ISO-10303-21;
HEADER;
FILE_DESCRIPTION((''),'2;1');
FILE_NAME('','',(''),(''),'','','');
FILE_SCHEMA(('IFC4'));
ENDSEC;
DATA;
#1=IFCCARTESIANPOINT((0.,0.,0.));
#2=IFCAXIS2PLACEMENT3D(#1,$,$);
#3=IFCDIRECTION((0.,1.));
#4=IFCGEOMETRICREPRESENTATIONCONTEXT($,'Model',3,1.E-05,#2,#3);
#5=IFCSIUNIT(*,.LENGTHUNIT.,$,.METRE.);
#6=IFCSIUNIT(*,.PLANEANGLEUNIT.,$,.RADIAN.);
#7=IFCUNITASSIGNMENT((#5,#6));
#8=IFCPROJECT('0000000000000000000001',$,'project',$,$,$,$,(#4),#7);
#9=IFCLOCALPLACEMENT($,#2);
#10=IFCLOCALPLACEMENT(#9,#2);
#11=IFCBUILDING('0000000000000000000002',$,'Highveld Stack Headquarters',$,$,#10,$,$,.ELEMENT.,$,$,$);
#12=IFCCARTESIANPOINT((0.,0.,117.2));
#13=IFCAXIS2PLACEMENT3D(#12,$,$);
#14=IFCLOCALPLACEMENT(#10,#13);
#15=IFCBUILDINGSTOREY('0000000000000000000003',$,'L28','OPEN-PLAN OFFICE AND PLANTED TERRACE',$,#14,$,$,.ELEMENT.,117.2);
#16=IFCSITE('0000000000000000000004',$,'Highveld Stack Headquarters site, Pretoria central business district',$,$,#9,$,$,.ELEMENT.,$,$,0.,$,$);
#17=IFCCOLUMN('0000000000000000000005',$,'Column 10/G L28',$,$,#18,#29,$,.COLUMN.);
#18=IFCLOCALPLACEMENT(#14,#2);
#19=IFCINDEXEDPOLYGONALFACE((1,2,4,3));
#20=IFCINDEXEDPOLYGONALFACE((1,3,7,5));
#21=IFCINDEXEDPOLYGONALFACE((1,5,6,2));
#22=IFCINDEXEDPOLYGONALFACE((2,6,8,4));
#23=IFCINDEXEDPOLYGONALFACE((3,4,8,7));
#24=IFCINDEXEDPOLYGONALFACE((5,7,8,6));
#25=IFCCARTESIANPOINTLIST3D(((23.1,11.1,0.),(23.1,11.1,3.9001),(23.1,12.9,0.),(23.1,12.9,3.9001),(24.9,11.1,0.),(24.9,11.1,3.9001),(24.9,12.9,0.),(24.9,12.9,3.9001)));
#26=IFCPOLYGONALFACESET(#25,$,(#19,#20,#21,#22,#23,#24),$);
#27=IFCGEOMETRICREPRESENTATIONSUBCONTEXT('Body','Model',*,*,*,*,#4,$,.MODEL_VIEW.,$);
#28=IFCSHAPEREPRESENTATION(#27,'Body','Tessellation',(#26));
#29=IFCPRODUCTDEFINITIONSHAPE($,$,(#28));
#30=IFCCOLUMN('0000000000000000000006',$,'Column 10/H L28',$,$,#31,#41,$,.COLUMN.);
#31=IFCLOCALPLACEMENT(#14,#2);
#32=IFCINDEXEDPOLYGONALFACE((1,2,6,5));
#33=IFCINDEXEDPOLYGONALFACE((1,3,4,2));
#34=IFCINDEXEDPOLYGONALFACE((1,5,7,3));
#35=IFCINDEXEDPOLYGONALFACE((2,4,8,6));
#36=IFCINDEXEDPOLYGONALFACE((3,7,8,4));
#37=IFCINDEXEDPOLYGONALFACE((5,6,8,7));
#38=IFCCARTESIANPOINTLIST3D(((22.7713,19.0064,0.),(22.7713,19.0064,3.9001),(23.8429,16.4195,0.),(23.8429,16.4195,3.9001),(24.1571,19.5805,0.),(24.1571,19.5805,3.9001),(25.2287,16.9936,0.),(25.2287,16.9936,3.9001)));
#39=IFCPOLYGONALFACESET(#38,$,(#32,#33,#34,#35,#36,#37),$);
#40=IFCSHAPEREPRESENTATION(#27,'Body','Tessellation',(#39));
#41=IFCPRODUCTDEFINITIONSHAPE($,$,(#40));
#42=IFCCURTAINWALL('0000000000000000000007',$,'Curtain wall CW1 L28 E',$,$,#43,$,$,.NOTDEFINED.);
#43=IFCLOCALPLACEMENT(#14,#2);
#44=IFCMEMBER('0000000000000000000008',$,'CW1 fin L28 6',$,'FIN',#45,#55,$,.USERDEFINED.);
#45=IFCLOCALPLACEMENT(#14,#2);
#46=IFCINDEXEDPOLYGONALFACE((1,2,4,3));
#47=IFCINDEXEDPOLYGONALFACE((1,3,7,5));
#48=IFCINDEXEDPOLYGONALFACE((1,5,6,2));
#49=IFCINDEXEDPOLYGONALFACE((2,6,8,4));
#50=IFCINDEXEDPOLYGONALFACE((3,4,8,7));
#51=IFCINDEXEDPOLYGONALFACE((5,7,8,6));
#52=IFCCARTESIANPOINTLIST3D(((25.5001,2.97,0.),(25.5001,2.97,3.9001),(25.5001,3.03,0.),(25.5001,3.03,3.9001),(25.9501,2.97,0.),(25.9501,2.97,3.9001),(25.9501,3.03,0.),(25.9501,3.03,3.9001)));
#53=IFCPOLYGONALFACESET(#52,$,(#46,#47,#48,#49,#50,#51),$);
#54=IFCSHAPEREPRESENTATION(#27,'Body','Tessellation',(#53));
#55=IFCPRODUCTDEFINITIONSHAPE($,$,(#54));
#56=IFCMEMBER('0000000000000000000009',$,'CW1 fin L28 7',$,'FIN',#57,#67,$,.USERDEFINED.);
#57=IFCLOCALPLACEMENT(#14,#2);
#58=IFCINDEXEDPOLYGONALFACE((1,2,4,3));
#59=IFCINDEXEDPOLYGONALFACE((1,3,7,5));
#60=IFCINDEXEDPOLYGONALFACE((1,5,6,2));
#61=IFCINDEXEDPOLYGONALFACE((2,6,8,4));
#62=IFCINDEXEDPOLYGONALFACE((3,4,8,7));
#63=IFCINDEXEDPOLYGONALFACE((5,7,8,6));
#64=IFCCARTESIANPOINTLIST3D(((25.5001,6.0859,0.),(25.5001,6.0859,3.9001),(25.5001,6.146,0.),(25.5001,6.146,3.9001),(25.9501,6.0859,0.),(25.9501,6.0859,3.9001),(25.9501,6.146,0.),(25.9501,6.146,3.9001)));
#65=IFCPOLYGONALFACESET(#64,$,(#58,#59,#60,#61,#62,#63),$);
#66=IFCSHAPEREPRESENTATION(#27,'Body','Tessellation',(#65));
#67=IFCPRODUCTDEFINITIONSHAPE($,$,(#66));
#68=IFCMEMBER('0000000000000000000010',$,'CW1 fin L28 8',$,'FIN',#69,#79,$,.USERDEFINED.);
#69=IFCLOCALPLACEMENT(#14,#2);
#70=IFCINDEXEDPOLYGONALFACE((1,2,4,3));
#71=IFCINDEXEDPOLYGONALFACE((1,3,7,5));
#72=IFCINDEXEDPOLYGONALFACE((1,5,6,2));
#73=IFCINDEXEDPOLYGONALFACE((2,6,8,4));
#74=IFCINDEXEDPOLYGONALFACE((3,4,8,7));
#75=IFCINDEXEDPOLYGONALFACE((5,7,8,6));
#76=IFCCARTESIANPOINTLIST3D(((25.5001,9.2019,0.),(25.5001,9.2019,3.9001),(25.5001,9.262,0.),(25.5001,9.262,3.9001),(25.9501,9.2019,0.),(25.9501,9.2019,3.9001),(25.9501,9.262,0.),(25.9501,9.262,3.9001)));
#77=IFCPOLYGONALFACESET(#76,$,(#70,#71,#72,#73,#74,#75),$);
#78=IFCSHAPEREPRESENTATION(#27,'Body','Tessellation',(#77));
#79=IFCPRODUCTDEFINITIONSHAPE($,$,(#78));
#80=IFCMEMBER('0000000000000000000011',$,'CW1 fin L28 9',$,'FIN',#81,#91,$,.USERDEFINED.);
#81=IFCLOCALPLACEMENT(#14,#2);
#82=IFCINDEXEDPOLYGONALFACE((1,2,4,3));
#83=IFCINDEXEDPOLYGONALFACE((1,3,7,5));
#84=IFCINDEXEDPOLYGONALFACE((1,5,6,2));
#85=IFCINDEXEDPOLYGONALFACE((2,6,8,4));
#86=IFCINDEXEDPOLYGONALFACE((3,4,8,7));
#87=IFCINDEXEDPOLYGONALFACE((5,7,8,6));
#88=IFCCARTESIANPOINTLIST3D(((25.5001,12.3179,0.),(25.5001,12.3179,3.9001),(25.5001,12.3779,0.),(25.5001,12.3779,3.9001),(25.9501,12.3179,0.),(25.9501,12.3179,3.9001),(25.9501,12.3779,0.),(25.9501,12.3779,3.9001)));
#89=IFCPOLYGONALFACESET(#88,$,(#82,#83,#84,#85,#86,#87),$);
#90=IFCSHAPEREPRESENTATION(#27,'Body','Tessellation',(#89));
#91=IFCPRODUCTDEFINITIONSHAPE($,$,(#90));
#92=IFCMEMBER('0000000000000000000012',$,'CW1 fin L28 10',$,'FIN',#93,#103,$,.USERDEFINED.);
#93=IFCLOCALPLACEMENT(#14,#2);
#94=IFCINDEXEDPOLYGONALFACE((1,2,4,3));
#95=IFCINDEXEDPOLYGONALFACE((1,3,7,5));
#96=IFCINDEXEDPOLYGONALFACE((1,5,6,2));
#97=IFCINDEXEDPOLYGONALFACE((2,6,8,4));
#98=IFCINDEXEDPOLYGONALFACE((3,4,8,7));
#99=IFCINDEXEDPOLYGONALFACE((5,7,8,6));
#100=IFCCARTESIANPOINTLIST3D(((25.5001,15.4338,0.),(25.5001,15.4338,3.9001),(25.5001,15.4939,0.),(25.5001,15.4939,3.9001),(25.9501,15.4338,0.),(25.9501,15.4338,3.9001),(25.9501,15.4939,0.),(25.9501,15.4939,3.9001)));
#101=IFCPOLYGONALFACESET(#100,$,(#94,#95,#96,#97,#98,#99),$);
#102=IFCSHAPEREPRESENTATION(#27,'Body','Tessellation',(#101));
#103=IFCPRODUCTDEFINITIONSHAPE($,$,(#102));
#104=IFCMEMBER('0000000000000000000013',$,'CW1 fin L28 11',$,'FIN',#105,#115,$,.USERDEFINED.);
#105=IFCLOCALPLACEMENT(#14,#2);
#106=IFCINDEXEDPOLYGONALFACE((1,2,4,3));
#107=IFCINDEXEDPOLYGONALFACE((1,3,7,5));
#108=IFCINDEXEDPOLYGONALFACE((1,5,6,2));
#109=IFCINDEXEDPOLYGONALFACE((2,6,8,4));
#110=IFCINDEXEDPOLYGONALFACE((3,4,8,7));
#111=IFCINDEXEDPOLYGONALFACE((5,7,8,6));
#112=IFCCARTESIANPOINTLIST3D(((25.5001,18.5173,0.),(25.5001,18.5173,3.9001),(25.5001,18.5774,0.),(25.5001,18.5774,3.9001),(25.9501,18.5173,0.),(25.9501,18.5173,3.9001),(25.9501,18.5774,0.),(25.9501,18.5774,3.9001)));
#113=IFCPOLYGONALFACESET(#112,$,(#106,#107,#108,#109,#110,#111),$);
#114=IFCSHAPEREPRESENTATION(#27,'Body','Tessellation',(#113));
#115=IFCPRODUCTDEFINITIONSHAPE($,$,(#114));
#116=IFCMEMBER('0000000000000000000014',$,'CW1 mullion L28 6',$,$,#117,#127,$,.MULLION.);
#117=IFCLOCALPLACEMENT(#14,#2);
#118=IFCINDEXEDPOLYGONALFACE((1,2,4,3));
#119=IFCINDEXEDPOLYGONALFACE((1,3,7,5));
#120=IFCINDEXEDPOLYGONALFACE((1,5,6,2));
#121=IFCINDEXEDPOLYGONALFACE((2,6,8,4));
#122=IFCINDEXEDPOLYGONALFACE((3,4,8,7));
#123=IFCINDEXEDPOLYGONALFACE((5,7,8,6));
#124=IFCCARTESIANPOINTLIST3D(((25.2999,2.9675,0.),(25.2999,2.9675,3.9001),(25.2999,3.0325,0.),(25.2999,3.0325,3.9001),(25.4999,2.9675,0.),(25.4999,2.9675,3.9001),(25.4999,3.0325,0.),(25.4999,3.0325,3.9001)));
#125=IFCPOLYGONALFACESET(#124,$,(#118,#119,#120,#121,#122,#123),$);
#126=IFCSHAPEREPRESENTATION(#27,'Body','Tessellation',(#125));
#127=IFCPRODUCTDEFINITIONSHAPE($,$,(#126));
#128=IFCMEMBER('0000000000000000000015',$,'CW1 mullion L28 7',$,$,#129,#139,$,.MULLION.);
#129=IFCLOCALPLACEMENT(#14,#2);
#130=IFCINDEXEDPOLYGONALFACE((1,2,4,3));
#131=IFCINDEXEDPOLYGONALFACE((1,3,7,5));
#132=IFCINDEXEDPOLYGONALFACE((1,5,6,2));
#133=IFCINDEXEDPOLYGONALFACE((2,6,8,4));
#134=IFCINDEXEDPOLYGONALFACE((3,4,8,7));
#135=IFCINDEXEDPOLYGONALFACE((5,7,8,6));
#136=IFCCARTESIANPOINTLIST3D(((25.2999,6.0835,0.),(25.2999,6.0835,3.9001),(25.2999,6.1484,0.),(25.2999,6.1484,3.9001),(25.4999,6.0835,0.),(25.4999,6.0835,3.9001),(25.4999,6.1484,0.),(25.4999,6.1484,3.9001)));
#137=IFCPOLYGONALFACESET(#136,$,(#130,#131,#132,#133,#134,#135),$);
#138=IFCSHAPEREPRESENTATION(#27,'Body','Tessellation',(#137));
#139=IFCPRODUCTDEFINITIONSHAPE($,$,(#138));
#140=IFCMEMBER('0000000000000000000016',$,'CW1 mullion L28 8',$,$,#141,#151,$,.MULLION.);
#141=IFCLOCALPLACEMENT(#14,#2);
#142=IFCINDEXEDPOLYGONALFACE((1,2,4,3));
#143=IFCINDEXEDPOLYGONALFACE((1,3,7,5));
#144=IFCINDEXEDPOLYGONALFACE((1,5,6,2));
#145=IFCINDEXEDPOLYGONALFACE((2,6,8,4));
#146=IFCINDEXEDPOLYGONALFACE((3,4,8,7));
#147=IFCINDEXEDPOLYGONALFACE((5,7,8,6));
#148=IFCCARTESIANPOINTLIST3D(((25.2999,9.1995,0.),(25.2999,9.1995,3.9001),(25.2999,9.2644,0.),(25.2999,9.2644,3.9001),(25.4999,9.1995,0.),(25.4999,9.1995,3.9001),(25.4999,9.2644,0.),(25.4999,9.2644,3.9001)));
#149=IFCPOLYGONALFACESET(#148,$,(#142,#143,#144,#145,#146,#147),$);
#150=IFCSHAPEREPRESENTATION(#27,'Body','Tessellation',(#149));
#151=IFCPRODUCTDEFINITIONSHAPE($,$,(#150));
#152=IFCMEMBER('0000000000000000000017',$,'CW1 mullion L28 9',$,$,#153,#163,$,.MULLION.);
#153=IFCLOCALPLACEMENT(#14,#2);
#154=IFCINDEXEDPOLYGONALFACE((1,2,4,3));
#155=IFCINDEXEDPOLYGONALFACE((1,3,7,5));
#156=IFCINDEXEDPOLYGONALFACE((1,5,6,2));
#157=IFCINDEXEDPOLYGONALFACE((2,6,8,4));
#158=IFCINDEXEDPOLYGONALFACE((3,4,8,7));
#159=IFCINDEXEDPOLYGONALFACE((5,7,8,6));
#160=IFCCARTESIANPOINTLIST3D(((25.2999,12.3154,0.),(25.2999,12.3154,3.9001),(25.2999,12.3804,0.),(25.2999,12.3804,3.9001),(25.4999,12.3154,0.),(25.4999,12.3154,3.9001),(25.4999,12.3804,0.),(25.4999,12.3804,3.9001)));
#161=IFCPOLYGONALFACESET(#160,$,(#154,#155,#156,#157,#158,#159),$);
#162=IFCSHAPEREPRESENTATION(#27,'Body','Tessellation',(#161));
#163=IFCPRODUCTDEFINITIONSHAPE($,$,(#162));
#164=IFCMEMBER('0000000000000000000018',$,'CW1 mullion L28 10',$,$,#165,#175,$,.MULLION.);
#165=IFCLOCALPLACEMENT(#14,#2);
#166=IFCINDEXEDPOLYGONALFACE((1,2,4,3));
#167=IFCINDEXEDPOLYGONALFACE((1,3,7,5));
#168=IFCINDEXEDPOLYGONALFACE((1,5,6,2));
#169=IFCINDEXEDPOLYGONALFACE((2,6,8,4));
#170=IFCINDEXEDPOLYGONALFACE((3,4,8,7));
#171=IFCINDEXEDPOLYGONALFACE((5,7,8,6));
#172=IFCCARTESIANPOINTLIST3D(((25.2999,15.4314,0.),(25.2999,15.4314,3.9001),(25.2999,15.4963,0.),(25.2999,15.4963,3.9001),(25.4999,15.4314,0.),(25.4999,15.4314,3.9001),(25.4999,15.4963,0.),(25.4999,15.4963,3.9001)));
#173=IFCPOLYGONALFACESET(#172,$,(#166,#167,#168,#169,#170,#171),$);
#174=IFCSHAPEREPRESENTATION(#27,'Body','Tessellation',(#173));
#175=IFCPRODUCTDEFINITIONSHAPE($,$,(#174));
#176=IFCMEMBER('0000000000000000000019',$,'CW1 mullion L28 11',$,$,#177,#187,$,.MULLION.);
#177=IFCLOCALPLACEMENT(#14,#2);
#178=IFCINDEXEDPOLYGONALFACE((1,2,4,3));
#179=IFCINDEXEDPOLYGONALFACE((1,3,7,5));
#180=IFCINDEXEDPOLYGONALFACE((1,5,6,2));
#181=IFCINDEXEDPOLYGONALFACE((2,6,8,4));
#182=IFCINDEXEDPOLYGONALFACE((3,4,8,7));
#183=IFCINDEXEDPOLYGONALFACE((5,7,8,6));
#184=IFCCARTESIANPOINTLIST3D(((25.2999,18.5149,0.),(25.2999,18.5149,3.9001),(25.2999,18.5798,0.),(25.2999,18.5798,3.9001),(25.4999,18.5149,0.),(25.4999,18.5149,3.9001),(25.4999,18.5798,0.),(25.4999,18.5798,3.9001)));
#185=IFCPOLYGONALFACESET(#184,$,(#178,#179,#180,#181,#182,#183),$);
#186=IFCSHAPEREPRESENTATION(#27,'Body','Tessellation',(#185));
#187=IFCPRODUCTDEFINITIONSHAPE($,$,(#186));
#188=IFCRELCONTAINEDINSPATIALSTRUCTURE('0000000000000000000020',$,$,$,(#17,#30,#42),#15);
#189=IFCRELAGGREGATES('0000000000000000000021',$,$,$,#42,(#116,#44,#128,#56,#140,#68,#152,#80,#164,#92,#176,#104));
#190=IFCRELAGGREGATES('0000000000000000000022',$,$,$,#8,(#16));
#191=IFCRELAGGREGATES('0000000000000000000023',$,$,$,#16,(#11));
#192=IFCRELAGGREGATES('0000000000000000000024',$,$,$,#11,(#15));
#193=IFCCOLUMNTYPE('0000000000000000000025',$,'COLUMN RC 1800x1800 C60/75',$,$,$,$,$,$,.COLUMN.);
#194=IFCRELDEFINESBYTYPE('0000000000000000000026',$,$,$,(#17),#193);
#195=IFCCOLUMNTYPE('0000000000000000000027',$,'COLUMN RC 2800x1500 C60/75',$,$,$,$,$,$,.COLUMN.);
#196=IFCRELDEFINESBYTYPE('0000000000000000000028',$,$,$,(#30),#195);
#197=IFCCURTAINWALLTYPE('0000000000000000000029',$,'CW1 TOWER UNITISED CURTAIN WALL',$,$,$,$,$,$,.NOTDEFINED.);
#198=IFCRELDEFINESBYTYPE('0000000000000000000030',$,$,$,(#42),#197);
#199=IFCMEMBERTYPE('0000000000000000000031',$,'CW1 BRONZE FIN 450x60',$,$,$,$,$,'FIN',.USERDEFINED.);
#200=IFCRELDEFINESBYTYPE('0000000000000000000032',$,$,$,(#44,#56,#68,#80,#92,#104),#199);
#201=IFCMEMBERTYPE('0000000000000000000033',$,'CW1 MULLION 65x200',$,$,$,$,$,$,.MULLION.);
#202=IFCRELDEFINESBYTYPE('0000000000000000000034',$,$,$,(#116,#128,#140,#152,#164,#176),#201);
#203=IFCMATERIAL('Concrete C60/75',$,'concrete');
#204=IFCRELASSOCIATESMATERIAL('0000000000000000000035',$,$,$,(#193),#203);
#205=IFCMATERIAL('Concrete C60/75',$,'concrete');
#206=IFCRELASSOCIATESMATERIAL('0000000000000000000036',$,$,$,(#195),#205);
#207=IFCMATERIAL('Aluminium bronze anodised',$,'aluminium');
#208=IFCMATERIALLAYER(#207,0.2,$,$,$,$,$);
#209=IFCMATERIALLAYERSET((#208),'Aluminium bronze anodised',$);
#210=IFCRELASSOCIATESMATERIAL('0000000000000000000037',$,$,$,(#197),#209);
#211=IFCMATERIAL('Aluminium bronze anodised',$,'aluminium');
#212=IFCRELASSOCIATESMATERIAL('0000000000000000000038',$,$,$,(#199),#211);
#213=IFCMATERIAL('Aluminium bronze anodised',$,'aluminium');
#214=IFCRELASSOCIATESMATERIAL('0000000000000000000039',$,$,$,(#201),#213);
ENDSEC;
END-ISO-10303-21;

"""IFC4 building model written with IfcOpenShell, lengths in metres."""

from ifc_helpers import new_model, si_unit, direction, frame, origin, origin_2d, place, context, subcontext, project, spatial, rectangle, extrude, material, layer, layer_set, material_profile, profile_set, type_object, element, aggregate, save


model = new_model("IFC4")

# Units and contexts
model_context = context("Model", 3, precision=1e-05, world=origin(), true_north=direction((0.0, 1.0)))
body_context = subcontext(model_context, "Body", "Model", "MODEL_VIEW")
ifc_project = project(units=[si_unit("LENGTHUNIT", "METRE"), si_unit("PLANEANGLEUNIT", "RADIAN")], contexts=[model_context])

# Site, building, storey
site_placement = place(None, origin())
site = spatial("IfcSite", under=ifc_project, at=site_placement, Name="Highveld Stack Headquarters site, Pretoria central business district", CompositionType="ELEMENT", RefElevation=0.0)
building_placement = place(site_placement, origin())
building = spatial("IfcBuilding", under=site, at=building_placement, Name="Highveld Stack Headquarters", CompositionType="ELEMENT")
storey_placement = place(building_placement, frame((0.0, 0.0, 117.2)))
storey = spatial("IfcBuildingStorey", under=building, at=storey_placement, Name="L28", Description="OPEN-PLAN OFFICE AND PLANTED TERRACE", CompositionType="ELEMENT", Elevation=117.2)

# Columns
ifc_material_1 = material(Name="Concrete C60/75", Category="concrete")
ifc_material_profile_1 = material_profile(ifc_material_1, rectangle(XDim=1.8, YDim=1.8, at=origin_2d()), Name="RC 1800x1800")
ifc_profile_set_1 = profile_set([ifc_material_profile_1], Name="Concrete C60/75")
column_type_1 = type_object("IfcColumnType", Name="COLUMN RC 1800x1800 C60/75", PredefinedType="COLUMN", material=ifc_profile_set_1)
column_1_placement = place(storey_placement, frame((24.0, 12.0, 0.0), z_axis=(0.0, 0.0, 1.0), x_axis=(1.0, 0.0, 0.0)))
element("IfcColumn", 1, at=column_1_placement, inside=storey, type_object=column_type_1, Name="Column 10/G L28", PredefinedType="COLUMN", context=body_context, shape_type="SweptSolid", body=[
    extrude(rectangle(XDim=1.8, YDim=1.8, at=origin_2d()), origin(), (0.0, 0.0, 1.0), 3.9001),
])
ifc_material_2 = material(Name="Concrete C60/75", Category="concrete")
ifc_material_profile_2 = material_profile(ifc_material_2, rectangle(XDim=2.8, YDim=1.5, at=origin_2d()), Name="RC 2800x1500")
ifc_profile_set_2 = profile_set([ifc_material_profile_2], Name="Concrete C60/75")
column_type_2 = type_object("IfcColumnType", Name="COLUMN RC 2800x1500 C60/75", PredefinedType="COLUMN", material=ifc_profile_set_2)
column_2_placement = place(storey_placement, frame((24.0, 18.0, 0.0), z_axis=(0.0, 0.0, 1.0), x_axis=(0.382683, -0.92388, 0.0)))
element("IfcColumn", 2, at=column_2_placement, inside=storey, type_object=column_type_2, Name="Column 10/H L28", PredefinedType="COLUMN", context=body_context, shape_type="SweptSolid", body=[
    extrude(rectangle(XDim=2.8, YDim=1.5, at=origin_2d()), origin(), (0.0, 0.0, 1.0), 3.9001),
])

# Curtain wall, members
ifc_material_3 = material(Name="Aluminium bronze anodised", Category="aluminium")
ifc_layer_1 = layer(ifc_material_3, 0.2)
ifc_layer_set_1 = layer_set([ifc_layer_1], Name="Aluminium bronze anodised")
curtain_wall_type = type_object("IfcCurtainWallType", Name="CW1 TOWER UNITISED CURTAIN WALL", PredefinedType="NOTDEFINED", material=ifc_layer_set_1)
curtain_wall_placement = place(storey_placement, origin())
curtain_wall = element("IfcCurtainWall", 3, at=curtain_wall_placement, inside=storey, type_object=curtain_wall_type, Name="Curtain wall CW1 L28 E", PredefinedType="NOTDEFINED")
ifc_material_4 = material(Name="Aluminium bronze anodised", Category="aluminium")
ifc_material_profile_3 = material_profile(ifc_material_4, rectangle(XDim=0.45, YDim=0.0601, at=origin_2d()), Name="FIN 450x60")
ifc_profile_set_3 = profile_set([ifc_material_profile_3], Name="Aluminium bronze anodised")
member_type_1 = type_object("IfcMemberType", Name="CW1 BRONZE FIN 450x60", ElementType="FIN", PredefinedType="USERDEFINED", material=ifc_profile_set_3)
member_1_placement = place(storey_placement, frame((25.7251, 3.0, 0.0), z_axis=(0.0, 0.0, 1.0), x_axis=(-1.0, 0.0, 0.0)))
member_1 = element("IfcMember", 4, at=member_1_placement, type_object=member_type_1, Name="CW1 fin L28 6", ObjectType="FIN", PredefinedType="USERDEFINED", context=body_context, shape_type="SweptSolid", body=[
    extrude(rectangle(XDim=0.45, YDim=0.0601, at=origin_2d()), origin(), (0.0, 0.0, 1.0), 3.9001),
])
member_2_placement = place(storey_placement, frame((25.7251, 6.116, 0.0), z_axis=(0.0, 0.0, 1.0), x_axis=(-1.0, 0.0, 0.0)))
member_2 = element("IfcMember", 5, at=member_2_placement, type_object=member_type_1, Name="CW1 fin L28 7", ObjectType="FIN", PredefinedType="USERDEFINED", context=body_context, shape_type="SweptSolid", body=[
    extrude(rectangle(XDim=0.45, YDim=0.0601, at=origin_2d()), origin(), (0.0, 0.0, 1.0), 3.9001),
])
member_3_placement = place(storey_placement, frame((25.7251, 9.2319, 0.0), z_axis=(0.0, 0.0, 1.0), x_axis=(-1.0, 0.0, 0.0)))
member_3 = element("IfcMember", 6, at=member_3_placement, type_object=member_type_1, Name="CW1 fin L28 8", ObjectType="FIN", PredefinedType="USERDEFINED", context=body_context, shape_type="SweptSolid", body=[
    extrude(rectangle(XDim=0.45, YDim=0.0601, at=origin_2d()), origin(), (0.0, 0.0, 1.0), 3.9001),
])
member_4_placement = place(storey_placement, frame((25.7251, 12.3479, 0.0), z_axis=(0.0, 0.0, 1.0), x_axis=(-1.0, 0.0, 0.0)))
member_4 = element("IfcMember", 7, at=member_4_placement, type_object=member_type_1, Name="CW1 fin L28 9", ObjectType="FIN", PredefinedType="USERDEFINED", context=body_context, shape_type="SweptSolid", body=[
    extrude(rectangle(XDim=0.45, YDim=0.0601, at=origin_2d()), origin(), (0.0, 0.0, 1.0), 3.9001),
])
member_5_placement = place(storey_placement, frame((25.7251, 15.4639, 0.0), z_axis=(0.0, 0.0, 1.0), x_axis=(-1.0, 0.0, 0.0)))
member_5 = element("IfcMember", 8, at=member_5_placement, type_object=member_type_1, Name="CW1 fin L28 10", ObjectType="FIN", PredefinedType="USERDEFINED", context=body_context, shape_type="SweptSolid", body=[
    extrude(rectangle(XDim=0.45, YDim=0.0601, at=origin_2d()), origin(), (0.0, 0.0, 1.0), 3.9001),
])
member_6_placement = place(storey_placement, frame((25.7251, 18.5474, 0.0), z_axis=(0.0, 0.0, 1.0), x_axis=(-1.0, 0.0, 0.0)))
member_6 = element("IfcMember", 9, at=member_6_placement, type_object=member_type_1, Name="CW1 fin L28 11", ObjectType="FIN", PredefinedType="USERDEFINED", context=body_context, shape_type="SweptSolid", body=[
    extrude(rectangle(XDim=0.45, YDim=0.0601, at=origin_2d()), origin(), (0.0, 0.0, 1.0), 3.9001),
])
ifc_material_5 = material(Name="Aluminium bronze anodised", Category="aluminium")
ifc_material_profile_4 = material_profile(ifc_material_5, rectangle(XDim=0.2, YDim=0.0649, at=origin_2d()), Name="CW1 MULLION 65x200")
ifc_profile_set_4 = profile_set([ifc_material_profile_4], Name="Aluminium bronze anodised")
member_type_2 = type_object("IfcMemberType", Name="CW1 MULLION 65x200", PredefinedType="MULLION", material=ifc_profile_set_4)
member_7_placement = place(storey_placement, frame((25.3999, 3.0, 0.0), z_axis=(0.0, 0.0, 1.0), x_axis=(-1.0, 0.0, 0.0)))
member_7 = element("IfcMember", 10, at=member_7_placement, type_object=member_type_2, Name="CW1 mullion L28 6", PredefinedType="MULLION", context=body_context, shape_type="SweptSolid", body=[
    extrude(rectangle(XDim=0.2, YDim=0.0649, at=origin_2d()), origin(), (0.0, 0.0, 1.0), 3.9001),
])
member_8_placement = place(storey_placement, frame((25.3999, 6.116, 0.0), z_axis=(0.0, 0.0, 1.0), x_axis=(-1.0, 0.0, 0.0)))
member_8 = element("IfcMember", 11, at=member_8_placement, type_object=member_type_2, Name="CW1 mullion L28 7", PredefinedType="MULLION", context=body_context, shape_type="SweptSolid", body=[
    extrude(rectangle(XDim=0.2, YDim=0.0649, at=origin_2d()), origin(), (0.0, 0.0, 1.0), 3.9001),
])
member_9_placement = place(storey_placement, frame((25.3999, 9.2319, 0.0), z_axis=(0.0, 0.0, 1.0), x_axis=(-1.0, 0.0, 0.0)))
member_9 = element("IfcMember", 12, at=member_9_placement, type_object=member_type_2, Name="CW1 mullion L28 8", PredefinedType="MULLION", context=body_context, shape_type="SweptSolid", body=[
    extrude(rectangle(XDim=0.2, YDim=0.0649, at=origin_2d()), origin(), (0.0, 0.0, 1.0), 3.9001),
])
member_10_placement = place(storey_placement, frame((25.3999, 12.3479, 0.0), z_axis=(0.0, 0.0, 1.0), x_axis=(-1.0, 0.0, 0.0)))
member_10 = element("IfcMember", 13, at=member_10_placement, type_object=member_type_2, Name="CW1 mullion L28 9", PredefinedType="MULLION", context=body_context, shape_type="SweptSolid", body=[
    extrude(rectangle(XDim=0.2, YDim=0.0649, at=origin_2d()), origin(), (0.0, 0.0, 1.0), 3.9001),
])
member_11_placement = place(storey_placement, frame((25.3999, 15.4639, 0.0), z_axis=(0.0, 0.0, 1.0), x_axis=(-1.0, 0.0, 0.0)))
member_11 = element("IfcMember", 14, at=member_11_placement, type_object=member_type_2, Name="CW1 mullion L28 10", PredefinedType="MULLION", context=body_context, shape_type="SweptSolid", body=[
    extrude(rectangle(XDim=0.2, YDim=0.0649, at=origin_2d()), origin(), (0.0, 0.0, 1.0), 3.9001),
])
member_12_placement = place(storey_placement, frame((25.3999, 18.5474, 0.0), z_axis=(0.0, 0.0, 1.0), x_axis=(-1.0, 0.0, 0.0)))
member_12 = element("IfcMember", 15, at=member_12_placement, type_object=member_type_2, Name="CW1 mullion L28 11", PredefinedType="MULLION", context=body_context, shape_type="SweptSolid", body=[
    extrude(rectangle(XDim=0.2, YDim=0.0649, at=origin_2d()), origin(), (0.0, 0.0, 1.0), 3.9001),
])
aggregate(curtain_wall, [member_7, member_1, member_8, member_2, member_9, member_3, member_10, member_4, member_11, member_5, member_12, member_6])

save(model, "model.ifc")
